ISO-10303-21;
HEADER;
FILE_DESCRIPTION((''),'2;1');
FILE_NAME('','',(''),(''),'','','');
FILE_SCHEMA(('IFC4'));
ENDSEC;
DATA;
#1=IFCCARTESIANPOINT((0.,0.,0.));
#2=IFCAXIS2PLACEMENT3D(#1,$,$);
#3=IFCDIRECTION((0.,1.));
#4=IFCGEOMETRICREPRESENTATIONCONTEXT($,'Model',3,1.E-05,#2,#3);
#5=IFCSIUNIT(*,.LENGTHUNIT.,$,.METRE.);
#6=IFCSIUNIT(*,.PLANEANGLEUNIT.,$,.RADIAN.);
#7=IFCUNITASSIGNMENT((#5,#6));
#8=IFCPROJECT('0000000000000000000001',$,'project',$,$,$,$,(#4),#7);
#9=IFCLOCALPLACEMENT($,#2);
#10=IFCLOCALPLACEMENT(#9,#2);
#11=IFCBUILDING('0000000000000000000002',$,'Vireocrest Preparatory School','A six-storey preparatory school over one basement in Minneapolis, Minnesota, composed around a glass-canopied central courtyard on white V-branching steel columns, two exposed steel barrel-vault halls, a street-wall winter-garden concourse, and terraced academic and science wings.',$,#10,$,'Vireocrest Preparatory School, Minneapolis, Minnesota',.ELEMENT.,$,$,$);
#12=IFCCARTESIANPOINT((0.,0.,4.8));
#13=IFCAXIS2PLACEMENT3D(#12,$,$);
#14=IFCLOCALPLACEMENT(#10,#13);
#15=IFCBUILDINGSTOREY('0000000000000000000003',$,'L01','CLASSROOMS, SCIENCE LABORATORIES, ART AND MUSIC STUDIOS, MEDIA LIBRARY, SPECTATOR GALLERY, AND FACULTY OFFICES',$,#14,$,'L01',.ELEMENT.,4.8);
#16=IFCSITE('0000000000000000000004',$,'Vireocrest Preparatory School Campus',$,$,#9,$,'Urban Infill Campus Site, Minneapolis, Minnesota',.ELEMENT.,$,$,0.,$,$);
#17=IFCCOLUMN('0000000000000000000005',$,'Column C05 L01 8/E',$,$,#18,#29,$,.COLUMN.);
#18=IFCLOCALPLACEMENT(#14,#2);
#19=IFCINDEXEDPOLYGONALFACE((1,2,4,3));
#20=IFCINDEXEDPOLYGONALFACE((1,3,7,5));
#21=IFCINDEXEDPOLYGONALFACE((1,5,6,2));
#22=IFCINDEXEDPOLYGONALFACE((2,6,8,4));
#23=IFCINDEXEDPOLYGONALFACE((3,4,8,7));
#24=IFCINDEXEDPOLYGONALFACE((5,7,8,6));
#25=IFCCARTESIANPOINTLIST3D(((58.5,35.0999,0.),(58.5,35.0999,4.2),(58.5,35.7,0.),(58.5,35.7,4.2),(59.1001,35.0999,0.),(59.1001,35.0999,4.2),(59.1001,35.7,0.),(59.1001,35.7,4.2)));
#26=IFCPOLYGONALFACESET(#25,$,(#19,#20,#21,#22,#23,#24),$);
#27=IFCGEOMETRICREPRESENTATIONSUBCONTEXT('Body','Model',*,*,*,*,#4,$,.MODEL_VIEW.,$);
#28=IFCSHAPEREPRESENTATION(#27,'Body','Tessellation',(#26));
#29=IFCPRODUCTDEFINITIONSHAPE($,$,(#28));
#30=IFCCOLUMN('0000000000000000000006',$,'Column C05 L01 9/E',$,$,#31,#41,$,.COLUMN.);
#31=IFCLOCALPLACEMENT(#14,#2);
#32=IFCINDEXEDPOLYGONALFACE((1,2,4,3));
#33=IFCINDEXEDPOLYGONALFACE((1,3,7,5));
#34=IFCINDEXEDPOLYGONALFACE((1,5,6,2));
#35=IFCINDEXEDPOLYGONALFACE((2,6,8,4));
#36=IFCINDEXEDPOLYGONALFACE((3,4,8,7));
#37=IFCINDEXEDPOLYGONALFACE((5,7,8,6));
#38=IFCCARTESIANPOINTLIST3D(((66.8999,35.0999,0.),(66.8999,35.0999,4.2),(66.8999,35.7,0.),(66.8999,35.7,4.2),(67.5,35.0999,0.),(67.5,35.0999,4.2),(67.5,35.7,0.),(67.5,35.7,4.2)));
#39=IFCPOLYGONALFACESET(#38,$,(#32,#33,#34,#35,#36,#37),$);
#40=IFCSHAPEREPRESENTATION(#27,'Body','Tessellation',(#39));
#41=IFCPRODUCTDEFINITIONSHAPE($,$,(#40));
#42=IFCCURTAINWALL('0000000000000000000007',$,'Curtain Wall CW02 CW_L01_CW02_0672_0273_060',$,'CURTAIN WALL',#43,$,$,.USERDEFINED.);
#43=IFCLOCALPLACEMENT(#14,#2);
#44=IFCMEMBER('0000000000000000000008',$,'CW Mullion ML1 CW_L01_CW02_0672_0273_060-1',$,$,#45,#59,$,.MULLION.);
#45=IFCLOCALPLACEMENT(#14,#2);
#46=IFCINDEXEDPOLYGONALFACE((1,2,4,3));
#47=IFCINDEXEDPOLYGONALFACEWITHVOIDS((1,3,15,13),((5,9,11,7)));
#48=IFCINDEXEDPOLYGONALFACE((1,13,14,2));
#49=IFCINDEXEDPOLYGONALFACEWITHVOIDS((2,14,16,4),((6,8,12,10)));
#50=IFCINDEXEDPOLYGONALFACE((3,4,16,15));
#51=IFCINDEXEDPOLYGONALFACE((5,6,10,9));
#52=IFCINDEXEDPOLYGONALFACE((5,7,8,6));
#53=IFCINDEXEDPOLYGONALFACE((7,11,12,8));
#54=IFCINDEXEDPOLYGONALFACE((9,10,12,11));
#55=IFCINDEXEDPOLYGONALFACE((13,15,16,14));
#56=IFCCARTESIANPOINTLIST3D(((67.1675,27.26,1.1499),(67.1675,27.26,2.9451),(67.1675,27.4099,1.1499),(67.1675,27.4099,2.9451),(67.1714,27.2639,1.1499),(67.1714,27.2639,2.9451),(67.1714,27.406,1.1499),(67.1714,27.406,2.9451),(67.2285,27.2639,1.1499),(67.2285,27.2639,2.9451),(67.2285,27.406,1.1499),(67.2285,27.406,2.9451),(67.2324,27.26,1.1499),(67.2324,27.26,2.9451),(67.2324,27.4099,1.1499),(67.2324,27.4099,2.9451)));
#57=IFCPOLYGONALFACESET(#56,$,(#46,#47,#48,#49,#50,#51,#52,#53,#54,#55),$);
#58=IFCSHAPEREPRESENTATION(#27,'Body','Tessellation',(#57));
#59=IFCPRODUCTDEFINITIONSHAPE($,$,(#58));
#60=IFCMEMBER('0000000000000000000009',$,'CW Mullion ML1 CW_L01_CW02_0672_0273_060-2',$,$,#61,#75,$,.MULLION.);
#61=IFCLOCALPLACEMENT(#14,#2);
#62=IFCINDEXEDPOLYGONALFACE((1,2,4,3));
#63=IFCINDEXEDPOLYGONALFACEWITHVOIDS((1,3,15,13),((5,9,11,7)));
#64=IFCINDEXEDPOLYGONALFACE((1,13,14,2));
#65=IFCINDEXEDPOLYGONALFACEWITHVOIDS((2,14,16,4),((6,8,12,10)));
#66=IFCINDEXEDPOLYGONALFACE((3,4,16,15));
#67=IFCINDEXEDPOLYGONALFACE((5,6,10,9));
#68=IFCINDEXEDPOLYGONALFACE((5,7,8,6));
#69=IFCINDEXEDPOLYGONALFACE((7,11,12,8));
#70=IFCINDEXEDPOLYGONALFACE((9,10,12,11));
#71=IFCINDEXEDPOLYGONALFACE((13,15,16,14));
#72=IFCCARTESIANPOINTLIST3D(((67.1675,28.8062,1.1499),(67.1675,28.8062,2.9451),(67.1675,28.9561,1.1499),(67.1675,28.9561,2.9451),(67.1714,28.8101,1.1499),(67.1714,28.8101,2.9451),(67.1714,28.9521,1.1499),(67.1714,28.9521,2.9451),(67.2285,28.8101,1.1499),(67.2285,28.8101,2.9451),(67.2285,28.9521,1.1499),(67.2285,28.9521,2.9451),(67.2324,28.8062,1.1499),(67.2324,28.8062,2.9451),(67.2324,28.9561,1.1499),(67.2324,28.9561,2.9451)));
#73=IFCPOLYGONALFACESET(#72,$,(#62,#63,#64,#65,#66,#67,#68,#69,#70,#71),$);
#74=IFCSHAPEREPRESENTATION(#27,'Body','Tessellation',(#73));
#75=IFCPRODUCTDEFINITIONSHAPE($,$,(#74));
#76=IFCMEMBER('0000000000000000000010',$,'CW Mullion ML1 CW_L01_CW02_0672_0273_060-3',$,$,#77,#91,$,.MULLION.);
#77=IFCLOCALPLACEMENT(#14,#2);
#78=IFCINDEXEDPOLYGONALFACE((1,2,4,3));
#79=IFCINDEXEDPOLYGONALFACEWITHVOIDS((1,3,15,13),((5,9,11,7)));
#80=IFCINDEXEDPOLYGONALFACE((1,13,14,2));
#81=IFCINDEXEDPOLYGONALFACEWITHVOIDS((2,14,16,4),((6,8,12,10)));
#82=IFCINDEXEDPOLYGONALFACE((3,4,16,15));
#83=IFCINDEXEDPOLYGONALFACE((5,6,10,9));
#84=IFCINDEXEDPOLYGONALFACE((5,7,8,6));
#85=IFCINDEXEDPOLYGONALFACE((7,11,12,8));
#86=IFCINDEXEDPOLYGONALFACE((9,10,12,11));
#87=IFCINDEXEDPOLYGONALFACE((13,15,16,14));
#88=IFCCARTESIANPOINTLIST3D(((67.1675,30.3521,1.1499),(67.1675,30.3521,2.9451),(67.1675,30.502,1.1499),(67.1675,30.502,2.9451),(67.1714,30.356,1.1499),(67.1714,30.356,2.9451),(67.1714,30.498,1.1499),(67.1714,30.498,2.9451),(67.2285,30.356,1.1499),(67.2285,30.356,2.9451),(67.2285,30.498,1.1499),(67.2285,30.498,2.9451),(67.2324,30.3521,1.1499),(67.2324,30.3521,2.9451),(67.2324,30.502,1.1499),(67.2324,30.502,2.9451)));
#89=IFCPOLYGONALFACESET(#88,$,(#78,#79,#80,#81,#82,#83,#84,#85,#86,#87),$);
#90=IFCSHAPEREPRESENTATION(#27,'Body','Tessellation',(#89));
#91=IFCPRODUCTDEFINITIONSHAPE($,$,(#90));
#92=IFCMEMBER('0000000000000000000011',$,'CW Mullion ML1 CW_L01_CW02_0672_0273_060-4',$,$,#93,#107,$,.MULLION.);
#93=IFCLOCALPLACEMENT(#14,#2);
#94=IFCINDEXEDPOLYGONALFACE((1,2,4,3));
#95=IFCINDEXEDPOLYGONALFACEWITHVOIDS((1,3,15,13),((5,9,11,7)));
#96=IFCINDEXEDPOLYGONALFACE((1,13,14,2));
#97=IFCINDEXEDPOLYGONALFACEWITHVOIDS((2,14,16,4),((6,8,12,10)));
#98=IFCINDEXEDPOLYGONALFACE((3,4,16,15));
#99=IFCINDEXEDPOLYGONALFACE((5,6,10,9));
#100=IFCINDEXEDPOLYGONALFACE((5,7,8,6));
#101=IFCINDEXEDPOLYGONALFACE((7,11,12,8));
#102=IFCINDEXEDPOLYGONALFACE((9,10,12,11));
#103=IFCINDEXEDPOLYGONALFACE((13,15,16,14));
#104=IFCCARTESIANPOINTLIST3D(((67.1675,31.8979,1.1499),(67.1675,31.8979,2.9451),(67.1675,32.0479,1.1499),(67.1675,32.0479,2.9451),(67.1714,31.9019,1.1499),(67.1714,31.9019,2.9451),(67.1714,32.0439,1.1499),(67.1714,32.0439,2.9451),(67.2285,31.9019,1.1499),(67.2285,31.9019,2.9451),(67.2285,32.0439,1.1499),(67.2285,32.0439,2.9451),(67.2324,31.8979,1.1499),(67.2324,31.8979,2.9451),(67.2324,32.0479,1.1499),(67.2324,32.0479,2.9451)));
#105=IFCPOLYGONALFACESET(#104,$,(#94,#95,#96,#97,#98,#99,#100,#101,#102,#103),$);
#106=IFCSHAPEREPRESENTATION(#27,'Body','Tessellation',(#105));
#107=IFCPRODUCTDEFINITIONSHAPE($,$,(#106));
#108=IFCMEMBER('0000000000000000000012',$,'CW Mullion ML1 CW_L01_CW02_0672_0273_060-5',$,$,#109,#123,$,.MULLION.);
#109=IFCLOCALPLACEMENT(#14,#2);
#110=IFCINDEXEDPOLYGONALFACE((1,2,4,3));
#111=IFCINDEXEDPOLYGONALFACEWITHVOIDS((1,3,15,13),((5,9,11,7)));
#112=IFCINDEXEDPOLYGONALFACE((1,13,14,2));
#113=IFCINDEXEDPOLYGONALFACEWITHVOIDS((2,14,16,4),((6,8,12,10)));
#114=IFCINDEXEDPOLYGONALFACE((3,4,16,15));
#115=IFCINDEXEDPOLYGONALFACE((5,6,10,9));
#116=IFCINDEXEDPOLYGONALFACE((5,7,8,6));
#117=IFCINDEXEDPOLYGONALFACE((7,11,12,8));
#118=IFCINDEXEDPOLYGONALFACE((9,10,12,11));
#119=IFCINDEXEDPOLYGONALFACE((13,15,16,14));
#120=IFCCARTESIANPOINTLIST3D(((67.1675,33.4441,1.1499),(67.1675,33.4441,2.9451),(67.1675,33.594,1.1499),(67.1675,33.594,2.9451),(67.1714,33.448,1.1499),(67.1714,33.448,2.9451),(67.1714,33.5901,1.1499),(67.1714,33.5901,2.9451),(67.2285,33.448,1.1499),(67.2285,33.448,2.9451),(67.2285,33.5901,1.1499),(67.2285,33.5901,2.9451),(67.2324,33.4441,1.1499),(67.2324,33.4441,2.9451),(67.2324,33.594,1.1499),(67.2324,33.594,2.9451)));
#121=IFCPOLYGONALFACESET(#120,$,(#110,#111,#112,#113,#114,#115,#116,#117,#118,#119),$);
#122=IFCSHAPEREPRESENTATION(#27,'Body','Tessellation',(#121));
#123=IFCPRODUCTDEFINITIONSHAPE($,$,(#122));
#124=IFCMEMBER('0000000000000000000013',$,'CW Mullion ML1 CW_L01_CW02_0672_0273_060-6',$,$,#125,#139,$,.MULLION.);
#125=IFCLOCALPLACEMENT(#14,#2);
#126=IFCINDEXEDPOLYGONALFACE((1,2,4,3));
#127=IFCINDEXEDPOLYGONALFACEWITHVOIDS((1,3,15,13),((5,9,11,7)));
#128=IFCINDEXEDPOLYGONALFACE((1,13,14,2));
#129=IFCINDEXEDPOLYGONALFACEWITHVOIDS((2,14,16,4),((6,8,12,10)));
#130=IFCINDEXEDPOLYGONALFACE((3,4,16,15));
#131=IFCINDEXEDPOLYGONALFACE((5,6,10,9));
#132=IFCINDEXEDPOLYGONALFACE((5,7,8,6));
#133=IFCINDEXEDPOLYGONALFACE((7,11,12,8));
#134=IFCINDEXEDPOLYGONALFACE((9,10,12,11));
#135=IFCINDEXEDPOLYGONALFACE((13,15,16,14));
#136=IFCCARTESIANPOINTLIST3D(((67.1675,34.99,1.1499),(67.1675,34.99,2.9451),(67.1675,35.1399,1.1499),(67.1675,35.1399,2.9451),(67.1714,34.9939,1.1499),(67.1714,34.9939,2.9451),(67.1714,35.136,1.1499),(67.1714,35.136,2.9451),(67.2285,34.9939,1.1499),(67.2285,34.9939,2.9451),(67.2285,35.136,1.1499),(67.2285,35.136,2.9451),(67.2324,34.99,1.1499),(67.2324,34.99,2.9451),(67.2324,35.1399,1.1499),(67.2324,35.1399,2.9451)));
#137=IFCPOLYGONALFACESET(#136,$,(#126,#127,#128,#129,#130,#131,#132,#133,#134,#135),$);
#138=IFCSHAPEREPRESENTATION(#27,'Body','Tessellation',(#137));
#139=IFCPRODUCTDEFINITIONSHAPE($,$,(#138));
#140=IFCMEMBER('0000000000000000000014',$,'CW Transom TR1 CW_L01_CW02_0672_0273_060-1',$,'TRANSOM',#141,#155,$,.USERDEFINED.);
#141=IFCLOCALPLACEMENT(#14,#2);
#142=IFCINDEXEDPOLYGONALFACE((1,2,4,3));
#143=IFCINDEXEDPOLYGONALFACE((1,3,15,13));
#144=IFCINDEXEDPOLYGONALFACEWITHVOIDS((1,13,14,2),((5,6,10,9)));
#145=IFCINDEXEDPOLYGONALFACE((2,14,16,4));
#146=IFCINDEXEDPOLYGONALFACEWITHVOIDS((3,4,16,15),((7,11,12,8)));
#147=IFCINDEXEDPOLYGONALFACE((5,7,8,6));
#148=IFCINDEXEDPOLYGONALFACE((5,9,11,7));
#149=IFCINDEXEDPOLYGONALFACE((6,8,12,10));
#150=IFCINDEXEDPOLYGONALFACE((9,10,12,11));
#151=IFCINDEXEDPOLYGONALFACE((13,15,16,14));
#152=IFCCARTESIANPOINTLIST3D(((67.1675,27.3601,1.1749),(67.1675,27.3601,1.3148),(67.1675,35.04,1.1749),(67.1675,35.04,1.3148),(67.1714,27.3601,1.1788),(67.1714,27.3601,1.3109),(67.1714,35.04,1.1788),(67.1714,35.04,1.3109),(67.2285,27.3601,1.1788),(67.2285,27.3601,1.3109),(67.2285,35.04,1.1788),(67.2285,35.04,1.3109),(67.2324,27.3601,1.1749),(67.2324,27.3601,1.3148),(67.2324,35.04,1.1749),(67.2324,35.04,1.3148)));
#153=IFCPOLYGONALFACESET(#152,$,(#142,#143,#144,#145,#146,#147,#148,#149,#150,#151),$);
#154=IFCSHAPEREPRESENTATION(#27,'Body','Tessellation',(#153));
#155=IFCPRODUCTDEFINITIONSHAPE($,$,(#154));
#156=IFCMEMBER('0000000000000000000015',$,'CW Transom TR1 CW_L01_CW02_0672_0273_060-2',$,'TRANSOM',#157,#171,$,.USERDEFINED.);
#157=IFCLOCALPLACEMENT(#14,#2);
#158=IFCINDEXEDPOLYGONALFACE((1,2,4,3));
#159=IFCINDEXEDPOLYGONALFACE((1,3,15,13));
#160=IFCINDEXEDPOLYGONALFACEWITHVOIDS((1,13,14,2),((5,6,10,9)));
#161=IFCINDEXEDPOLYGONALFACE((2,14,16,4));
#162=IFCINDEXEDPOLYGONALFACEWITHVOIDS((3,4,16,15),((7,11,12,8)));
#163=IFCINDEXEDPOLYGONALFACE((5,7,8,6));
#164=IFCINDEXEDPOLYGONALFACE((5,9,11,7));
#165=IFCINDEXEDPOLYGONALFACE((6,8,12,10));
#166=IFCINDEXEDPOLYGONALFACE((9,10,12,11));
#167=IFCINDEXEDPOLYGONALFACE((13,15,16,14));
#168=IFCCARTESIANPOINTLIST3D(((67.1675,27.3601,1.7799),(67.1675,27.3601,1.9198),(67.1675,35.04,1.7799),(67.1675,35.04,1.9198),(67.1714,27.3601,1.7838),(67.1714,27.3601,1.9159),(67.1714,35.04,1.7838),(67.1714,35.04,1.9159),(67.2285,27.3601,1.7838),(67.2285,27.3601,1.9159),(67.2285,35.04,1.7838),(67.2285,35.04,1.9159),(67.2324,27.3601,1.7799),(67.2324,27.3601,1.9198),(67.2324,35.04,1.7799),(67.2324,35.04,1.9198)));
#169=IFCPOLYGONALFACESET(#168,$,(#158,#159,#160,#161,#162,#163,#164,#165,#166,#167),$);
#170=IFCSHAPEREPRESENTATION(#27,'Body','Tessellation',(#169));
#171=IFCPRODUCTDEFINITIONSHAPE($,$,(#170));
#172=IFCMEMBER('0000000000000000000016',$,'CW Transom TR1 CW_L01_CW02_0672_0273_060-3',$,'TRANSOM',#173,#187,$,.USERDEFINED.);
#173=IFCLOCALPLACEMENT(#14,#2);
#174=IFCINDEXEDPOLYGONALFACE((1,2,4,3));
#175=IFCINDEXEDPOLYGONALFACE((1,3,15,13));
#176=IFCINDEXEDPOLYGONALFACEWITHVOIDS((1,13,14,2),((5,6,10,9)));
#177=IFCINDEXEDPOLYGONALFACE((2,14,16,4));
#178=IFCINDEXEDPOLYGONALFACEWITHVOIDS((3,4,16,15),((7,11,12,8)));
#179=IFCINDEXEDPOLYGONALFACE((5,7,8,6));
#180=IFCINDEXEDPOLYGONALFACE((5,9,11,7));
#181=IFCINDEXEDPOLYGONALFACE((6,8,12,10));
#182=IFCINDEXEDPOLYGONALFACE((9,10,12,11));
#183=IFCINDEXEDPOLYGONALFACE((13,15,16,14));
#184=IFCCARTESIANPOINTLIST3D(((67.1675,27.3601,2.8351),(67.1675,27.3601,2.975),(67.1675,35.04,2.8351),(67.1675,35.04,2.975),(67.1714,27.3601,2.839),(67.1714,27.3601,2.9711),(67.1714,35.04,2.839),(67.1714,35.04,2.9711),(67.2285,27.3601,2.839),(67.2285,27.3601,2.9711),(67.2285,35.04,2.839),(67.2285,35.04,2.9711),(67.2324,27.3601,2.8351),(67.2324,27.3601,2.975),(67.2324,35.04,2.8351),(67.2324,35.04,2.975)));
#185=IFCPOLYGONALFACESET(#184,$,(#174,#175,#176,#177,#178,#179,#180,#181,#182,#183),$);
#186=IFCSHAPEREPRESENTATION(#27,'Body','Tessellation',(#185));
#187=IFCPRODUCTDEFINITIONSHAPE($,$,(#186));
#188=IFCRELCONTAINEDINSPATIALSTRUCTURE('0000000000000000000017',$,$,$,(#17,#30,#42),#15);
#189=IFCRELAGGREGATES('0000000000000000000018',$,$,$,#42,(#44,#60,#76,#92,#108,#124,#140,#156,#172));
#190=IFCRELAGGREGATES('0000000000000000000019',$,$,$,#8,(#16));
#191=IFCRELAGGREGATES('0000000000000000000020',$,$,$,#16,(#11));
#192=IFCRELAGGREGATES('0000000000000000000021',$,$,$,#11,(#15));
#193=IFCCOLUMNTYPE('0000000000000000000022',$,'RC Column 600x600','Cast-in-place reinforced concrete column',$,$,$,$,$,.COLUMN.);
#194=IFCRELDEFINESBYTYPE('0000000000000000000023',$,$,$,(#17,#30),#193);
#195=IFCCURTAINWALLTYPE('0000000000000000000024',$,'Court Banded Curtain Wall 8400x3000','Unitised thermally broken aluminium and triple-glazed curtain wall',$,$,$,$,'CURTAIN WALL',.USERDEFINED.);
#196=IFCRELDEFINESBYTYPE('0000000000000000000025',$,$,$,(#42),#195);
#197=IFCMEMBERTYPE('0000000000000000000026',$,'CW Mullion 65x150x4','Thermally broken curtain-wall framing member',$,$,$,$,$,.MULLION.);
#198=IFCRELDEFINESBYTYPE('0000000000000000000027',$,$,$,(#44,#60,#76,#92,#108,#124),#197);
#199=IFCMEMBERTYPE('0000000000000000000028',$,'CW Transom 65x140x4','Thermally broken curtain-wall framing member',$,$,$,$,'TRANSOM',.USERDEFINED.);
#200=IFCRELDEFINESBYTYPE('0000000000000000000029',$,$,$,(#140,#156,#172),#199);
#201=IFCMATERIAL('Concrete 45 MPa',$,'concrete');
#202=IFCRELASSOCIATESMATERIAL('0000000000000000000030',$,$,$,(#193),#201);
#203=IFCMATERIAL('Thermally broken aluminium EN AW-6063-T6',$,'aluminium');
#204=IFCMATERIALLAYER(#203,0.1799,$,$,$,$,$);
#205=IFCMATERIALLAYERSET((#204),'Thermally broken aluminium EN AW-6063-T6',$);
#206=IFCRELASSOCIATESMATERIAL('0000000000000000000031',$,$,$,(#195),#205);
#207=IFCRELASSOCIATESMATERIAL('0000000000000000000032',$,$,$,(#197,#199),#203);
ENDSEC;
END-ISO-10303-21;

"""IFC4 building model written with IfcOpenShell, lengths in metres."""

from ifc_helpers import new_model, si_unit, direction, frame, origin, origin_2d, place, context, subcontext, project, spatial, rectangle, hollow_rectangle, extrude, material, layer, layer_set, material_profile, profile_set, type_object, element, aggregate, save


model = new_model("IFC4")

# Units and contexts
model_context = context("Model", 3, precision=1e-05, world=origin(), true_north=direction((0.0, 1.0)))
body_context = subcontext(model_context, "Body", "Model", "MODEL_VIEW")
ifc_project = project(units=[si_unit("LENGTHUNIT", "METRE"), si_unit("PLANEANGLEUNIT", "RADIAN")], contexts=[model_context])

# Site, building, storey
site_placement = place(None, origin())
site = spatial("IfcSite", under=ifc_project, at=site_placement, Name="Vireocrest Preparatory School Campus", LongName="Urban Infill Campus Site, Minneapolis, Minnesota", CompositionType="ELEMENT", RefElevation=0.0)
building_placement = place(site_placement, origin())
building = spatial("IfcBuilding", under=site, at=building_placement, Name="Vireocrest Preparatory School", Description="A six-storey preparatory school over one basement in Minneapolis, Minnesota, composed around a glass-canopied central courtyard on white V-branching steel columns, two exposed steel barrel-vault halls, a street-wall winter-garden concourse, and terraced academic and science wings.", LongName="Vireocrest Preparatory School, Minneapolis, Minnesota", CompositionType="ELEMENT")
storey_placement = place(building_placement, frame((0.0, 0.0, 4.8)))
storey = spatial("IfcBuildingStorey", under=building, at=storey_placement, Name="L01", Description="CLASSROOMS, SCIENCE LABORATORIES, ART AND MUSIC STUDIOS, MEDIA LIBRARY, SPECTATOR GALLERY, AND FACULTY OFFICES", LongName="L01", CompositionType="ELEMENT", Elevation=4.8)

# Columns
ifc_material_1 = material(Name="Concrete 45 MPa", Category="concrete")
ifc_material_profile_1 = material_profile(ifc_material_1, rectangle(XDim=0.6001, YDim=0.6001, at=origin_2d()), Name="RC 600x600")
ifc_profile_set_1 = profile_set([ifc_material_profile_1], Name="Concrete 45 MPa")
column_type = type_object("IfcColumnType", Name="RC Column 600x600", Description="Cast-in-place reinforced concrete column", PredefinedType="COLUMN", material=ifc_profile_set_1)
for number, where, z_axis, x_axis, name in (
    (1, (58.8, 35.3999, 0.0), (0.0, 0.0, 1.0), (1.0, 0.0, 0.0), "Column C05 L01 8/E"),
    (2, (67.2, 35.3999, 0.0), (0.0, 0.0, 1.0), (1.0, 0.0, 0.0), "Column C05 L01 9/E"),
):
    element("IfcColumn", number, at=place(storey_placement, frame(where, z_axis=z_axis, x_axis=x_axis)), inside=storey, type_object=column_type, Name=name, PredefinedType="COLUMN", context=body_context, shape_type="SweptSolid", body=[
        extrude(rectangle(XDim=0.6001, YDim=0.6001, at=origin_2d()), origin(), (0.0, 0.0, 1.0), 4.2),
    ])

# Curtain wall, members
ifc_material_2 = material(Name="Thermally broken aluminium EN AW-6063-T6", Category="aluminium")
ifc_layer_1 = layer(ifc_material_2, 0.1799)
ifc_layer_set_1 = layer_set([ifc_layer_1], Name="Thermally broken aluminium EN AW-6063-T6")
curtain_wall_type = type_object("IfcCurtainWallType", Name="Court Banded Curtain Wall 8400x3000", Description="Unitised thermally broken aluminium and triple-glazed curtain wall", ElementType="CURTAIN WALL", PredefinedType="USERDEFINED", material=ifc_layer_set_1)
curtain_wall_placement = place(storey_placement, origin())
curtain_wall = element("IfcCurtainWall", 3, at=curtain_wall_placement, inside=storey, type_object=curtain_wall_type, Name="Curtain Wall CW02 CW_L01_CW02_0672_0273_060", ObjectType="CURTAIN WALL", PredefinedType="USERDEFINED")
ifc_material_profile_2 = material_profile(ifc_material_2, hollow_rectangle(XDim=0.0649, YDim=0.1499, WallThickness=0.0039, at=origin_2d()), Name="ALU 65x150x4")
ifc_profile_set_2 = profile_set([ifc_material_profile_2], Name="Thermally broken aluminium EN AW-6063-T6")
member_type_1 = type_object("IfcMemberType", Name="CW Mullion 65x150x4", Description="Thermally broken curtain-wall framing member", PredefinedType="MULLION", material=ifc_profile_set_2)
member_1_placement = place(storey_placement, frame((67.2, 27.335, 1.1499), z_axis=(0.0, 0.0, 1.0), x_axis=(1.0, 0.0, 0.0)))
member_1 = element("IfcMember", 4, at=member_1_placement, type_object=member_type_1, Name="CW Mullion ML1 CW_L01_CW02_0672_0273_060-1", PredefinedType="MULLION", context=body_context, shape_type="SweptSolid", body=[
    extrude(hollow_rectangle(XDim=0.0649, YDim=0.1499, WallThickness=0.0039, at=origin_2d()), origin(), (0.0, 0.0, 1.0), 1.7952),
])
member_2_placement = place(storey_placement, frame((67.2, 28.8811, 1.1499), z_axis=(0.0, 0.0, 1.0), x_axis=(1.0, 0.0, 0.0)))
member_2 = element("IfcMember", 5, at=member_2_placement, type_object=member_type_1, Name="CW Mullion ML1 CW_L01_CW02_0672_0273_060-2", PredefinedType="MULLION", context=body_context, shape_type="SweptSolid", body=[
    extrude(hollow_rectangle(XDim=0.0649, YDim=0.1499, WallThickness=0.0039, at=origin_2d()), origin(), (0.0, 0.0, 1.0), 1.7952),
])
member_3_placement = place(storey_placement, frame((67.2, 30.427, 1.1499), z_axis=(0.0, 0.0, 1.0), x_axis=(1.0, 0.0, 0.0)))
member_3 = element("IfcMember", 6, at=member_3_placement, type_object=member_type_1, Name="CW Mullion ML1 CW_L01_CW02_0672_0273_060-3", PredefinedType="MULLION", context=body_context, shape_type="SweptSolid", body=[
    extrude(hollow_rectangle(XDim=0.0649, YDim=0.1499, WallThickness=0.0039, at=origin_2d()), origin(), (0.0, 0.0, 1.0), 1.7952),
])
member_4_placement = place(storey_placement, frame((67.2, 31.9729, 1.1499), z_axis=(0.0, 0.0, 1.0), x_axis=(1.0, 0.0, 0.0)))
member_4 = element("IfcMember", 7, at=member_4_placement, type_object=member_type_1, Name="CW Mullion ML1 CW_L01_CW02_0672_0273_060-4", PredefinedType="MULLION", context=body_context, shape_type="SweptSolid", body=[
    extrude(hollow_rectangle(XDim=0.0649, YDim=0.1499, WallThickness=0.0039, at=origin_2d()), origin(), (0.0, 0.0, 1.0), 1.7952),
])
member_5_placement = place(storey_placement, frame((67.2, 33.519, 1.1499), z_axis=(0.0, 0.0, 1.0), x_axis=(1.0, 0.0, 0.0)))
member_5 = element("IfcMember", 8, at=member_5_placement, type_object=member_type_1, Name="CW Mullion ML1 CW_L01_CW02_0672_0273_060-5", PredefinedType="MULLION", context=body_context, shape_type="SweptSolid", body=[
    extrude(hollow_rectangle(XDim=0.0649, YDim=0.1499, WallThickness=0.0039, at=origin_2d()), origin(), (0.0, 0.0, 1.0), 1.7952),
])
member_6_placement = place(storey_placement, frame((67.2, 35.0649, 1.1499), z_axis=(0.0, 0.0, 1.0), x_axis=(1.0, 0.0, 0.0)))
member_6 = element("IfcMember", 9, at=member_6_placement, type_object=member_type_1, Name="CW Mullion ML1 CW_L01_CW02_0672_0273_060-6", PredefinedType="MULLION", context=body_context, shape_type="SweptSolid", body=[
    extrude(hollow_rectangle(XDim=0.0649, YDim=0.1499, WallThickness=0.0039, at=origin_2d()), origin(), (0.0, 0.0, 1.0), 1.7952),
])
ifc_material_profile_3 = material_profile(ifc_material_2, hollow_rectangle(XDim=0.0649, YDim=0.1399, WallThickness=0.0039, at=origin_2d()), Name="ALU 65x140x4")
ifc_profile_set_3 = profile_set([ifc_material_profile_3], Name="Thermally broken aluminium EN AW-6063-T6")
member_type_2 = type_object("IfcMemberType", Name="CW Transom 65x140x4", Description="Thermally broken curtain-wall framing member", ElementType="TRANSOM", PredefinedType="USERDEFINED", material=ifc_profile_set_3)
member_7_placement = place(storey_placement, frame((67.2, 27.3601, 1.2449), z_axis=(0.0, 1.0, 0.0), x_axis=(-1.0, 0.0, 0.0)))
member_7 = element("IfcMember", 10, at=member_7_placement, type_object=member_type_2, Name="CW Transom TR1 CW_L01_CW02_0672_0273_060-1", ObjectType="TRANSOM", PredefinedType="USERDEFINED", context=body_context, shape_type="SweptSolid", body=[
    extrude(hollow_rectangle(XDim=0.0649, YDim=0.1399, WallThickness=0.0039, at=origin_2d()), origin(), (0.0, 0.0, 1.0), 7.6799),
])
member_8_placement = place(storey_placement, frame((67.2, 27.3601, 1.8499), z_axis=(0.0, 1.0, 0.0), x_axis=(-1.0, 0.0, 0.0)))
member_8 = element("IfcMember", 11, at=member_8_placement, type_object=member_type_2, Name="CW Transom TR1 CW_L01_CW02_0672_0273_060-2", ObjectType="TRANSOM", PredefinedType="USERDEFINED", context=body_context, shape_type="SweptSolid", body=[
    extrude(hollow_rectangle(XDim=0.0649, YDim=0.1399, WallThickness=0.0039, at=origin_2d()), origin(), (0.0, 0.0, 1.0), 7.6799),
])
member_9_placement = place(storey_placement, frame((67.2, 27.3601, 2.905), z_axis=(0.0, 1.0, 0.0), x_axis=(-1.0, 0.0, 0.0)))
member_9 = element("IfcMember", 12, at=member_9_placement, type_object=member_type_2, Name="CW Transom TR1 CW_L01_CW02_0672_0273_060-3", ObjectType="TRANSOM", PredefinedType="USERDEFINED", context=body_context, shape_type="SweptSolid", body=[
    extrude(hollow_rectangle(XDim=0.0649, YDim=0.1399, WallThickness=0.0039, at=origin_2d()), origin(), (0.0, 0.0, 1.0), 7.6799),
])

aggregate(curtain_wall, [member_1, member_2, member_3, member_4, member_5, member_6, member_7, member_8, member_9])

save(model, "model.ifc")
